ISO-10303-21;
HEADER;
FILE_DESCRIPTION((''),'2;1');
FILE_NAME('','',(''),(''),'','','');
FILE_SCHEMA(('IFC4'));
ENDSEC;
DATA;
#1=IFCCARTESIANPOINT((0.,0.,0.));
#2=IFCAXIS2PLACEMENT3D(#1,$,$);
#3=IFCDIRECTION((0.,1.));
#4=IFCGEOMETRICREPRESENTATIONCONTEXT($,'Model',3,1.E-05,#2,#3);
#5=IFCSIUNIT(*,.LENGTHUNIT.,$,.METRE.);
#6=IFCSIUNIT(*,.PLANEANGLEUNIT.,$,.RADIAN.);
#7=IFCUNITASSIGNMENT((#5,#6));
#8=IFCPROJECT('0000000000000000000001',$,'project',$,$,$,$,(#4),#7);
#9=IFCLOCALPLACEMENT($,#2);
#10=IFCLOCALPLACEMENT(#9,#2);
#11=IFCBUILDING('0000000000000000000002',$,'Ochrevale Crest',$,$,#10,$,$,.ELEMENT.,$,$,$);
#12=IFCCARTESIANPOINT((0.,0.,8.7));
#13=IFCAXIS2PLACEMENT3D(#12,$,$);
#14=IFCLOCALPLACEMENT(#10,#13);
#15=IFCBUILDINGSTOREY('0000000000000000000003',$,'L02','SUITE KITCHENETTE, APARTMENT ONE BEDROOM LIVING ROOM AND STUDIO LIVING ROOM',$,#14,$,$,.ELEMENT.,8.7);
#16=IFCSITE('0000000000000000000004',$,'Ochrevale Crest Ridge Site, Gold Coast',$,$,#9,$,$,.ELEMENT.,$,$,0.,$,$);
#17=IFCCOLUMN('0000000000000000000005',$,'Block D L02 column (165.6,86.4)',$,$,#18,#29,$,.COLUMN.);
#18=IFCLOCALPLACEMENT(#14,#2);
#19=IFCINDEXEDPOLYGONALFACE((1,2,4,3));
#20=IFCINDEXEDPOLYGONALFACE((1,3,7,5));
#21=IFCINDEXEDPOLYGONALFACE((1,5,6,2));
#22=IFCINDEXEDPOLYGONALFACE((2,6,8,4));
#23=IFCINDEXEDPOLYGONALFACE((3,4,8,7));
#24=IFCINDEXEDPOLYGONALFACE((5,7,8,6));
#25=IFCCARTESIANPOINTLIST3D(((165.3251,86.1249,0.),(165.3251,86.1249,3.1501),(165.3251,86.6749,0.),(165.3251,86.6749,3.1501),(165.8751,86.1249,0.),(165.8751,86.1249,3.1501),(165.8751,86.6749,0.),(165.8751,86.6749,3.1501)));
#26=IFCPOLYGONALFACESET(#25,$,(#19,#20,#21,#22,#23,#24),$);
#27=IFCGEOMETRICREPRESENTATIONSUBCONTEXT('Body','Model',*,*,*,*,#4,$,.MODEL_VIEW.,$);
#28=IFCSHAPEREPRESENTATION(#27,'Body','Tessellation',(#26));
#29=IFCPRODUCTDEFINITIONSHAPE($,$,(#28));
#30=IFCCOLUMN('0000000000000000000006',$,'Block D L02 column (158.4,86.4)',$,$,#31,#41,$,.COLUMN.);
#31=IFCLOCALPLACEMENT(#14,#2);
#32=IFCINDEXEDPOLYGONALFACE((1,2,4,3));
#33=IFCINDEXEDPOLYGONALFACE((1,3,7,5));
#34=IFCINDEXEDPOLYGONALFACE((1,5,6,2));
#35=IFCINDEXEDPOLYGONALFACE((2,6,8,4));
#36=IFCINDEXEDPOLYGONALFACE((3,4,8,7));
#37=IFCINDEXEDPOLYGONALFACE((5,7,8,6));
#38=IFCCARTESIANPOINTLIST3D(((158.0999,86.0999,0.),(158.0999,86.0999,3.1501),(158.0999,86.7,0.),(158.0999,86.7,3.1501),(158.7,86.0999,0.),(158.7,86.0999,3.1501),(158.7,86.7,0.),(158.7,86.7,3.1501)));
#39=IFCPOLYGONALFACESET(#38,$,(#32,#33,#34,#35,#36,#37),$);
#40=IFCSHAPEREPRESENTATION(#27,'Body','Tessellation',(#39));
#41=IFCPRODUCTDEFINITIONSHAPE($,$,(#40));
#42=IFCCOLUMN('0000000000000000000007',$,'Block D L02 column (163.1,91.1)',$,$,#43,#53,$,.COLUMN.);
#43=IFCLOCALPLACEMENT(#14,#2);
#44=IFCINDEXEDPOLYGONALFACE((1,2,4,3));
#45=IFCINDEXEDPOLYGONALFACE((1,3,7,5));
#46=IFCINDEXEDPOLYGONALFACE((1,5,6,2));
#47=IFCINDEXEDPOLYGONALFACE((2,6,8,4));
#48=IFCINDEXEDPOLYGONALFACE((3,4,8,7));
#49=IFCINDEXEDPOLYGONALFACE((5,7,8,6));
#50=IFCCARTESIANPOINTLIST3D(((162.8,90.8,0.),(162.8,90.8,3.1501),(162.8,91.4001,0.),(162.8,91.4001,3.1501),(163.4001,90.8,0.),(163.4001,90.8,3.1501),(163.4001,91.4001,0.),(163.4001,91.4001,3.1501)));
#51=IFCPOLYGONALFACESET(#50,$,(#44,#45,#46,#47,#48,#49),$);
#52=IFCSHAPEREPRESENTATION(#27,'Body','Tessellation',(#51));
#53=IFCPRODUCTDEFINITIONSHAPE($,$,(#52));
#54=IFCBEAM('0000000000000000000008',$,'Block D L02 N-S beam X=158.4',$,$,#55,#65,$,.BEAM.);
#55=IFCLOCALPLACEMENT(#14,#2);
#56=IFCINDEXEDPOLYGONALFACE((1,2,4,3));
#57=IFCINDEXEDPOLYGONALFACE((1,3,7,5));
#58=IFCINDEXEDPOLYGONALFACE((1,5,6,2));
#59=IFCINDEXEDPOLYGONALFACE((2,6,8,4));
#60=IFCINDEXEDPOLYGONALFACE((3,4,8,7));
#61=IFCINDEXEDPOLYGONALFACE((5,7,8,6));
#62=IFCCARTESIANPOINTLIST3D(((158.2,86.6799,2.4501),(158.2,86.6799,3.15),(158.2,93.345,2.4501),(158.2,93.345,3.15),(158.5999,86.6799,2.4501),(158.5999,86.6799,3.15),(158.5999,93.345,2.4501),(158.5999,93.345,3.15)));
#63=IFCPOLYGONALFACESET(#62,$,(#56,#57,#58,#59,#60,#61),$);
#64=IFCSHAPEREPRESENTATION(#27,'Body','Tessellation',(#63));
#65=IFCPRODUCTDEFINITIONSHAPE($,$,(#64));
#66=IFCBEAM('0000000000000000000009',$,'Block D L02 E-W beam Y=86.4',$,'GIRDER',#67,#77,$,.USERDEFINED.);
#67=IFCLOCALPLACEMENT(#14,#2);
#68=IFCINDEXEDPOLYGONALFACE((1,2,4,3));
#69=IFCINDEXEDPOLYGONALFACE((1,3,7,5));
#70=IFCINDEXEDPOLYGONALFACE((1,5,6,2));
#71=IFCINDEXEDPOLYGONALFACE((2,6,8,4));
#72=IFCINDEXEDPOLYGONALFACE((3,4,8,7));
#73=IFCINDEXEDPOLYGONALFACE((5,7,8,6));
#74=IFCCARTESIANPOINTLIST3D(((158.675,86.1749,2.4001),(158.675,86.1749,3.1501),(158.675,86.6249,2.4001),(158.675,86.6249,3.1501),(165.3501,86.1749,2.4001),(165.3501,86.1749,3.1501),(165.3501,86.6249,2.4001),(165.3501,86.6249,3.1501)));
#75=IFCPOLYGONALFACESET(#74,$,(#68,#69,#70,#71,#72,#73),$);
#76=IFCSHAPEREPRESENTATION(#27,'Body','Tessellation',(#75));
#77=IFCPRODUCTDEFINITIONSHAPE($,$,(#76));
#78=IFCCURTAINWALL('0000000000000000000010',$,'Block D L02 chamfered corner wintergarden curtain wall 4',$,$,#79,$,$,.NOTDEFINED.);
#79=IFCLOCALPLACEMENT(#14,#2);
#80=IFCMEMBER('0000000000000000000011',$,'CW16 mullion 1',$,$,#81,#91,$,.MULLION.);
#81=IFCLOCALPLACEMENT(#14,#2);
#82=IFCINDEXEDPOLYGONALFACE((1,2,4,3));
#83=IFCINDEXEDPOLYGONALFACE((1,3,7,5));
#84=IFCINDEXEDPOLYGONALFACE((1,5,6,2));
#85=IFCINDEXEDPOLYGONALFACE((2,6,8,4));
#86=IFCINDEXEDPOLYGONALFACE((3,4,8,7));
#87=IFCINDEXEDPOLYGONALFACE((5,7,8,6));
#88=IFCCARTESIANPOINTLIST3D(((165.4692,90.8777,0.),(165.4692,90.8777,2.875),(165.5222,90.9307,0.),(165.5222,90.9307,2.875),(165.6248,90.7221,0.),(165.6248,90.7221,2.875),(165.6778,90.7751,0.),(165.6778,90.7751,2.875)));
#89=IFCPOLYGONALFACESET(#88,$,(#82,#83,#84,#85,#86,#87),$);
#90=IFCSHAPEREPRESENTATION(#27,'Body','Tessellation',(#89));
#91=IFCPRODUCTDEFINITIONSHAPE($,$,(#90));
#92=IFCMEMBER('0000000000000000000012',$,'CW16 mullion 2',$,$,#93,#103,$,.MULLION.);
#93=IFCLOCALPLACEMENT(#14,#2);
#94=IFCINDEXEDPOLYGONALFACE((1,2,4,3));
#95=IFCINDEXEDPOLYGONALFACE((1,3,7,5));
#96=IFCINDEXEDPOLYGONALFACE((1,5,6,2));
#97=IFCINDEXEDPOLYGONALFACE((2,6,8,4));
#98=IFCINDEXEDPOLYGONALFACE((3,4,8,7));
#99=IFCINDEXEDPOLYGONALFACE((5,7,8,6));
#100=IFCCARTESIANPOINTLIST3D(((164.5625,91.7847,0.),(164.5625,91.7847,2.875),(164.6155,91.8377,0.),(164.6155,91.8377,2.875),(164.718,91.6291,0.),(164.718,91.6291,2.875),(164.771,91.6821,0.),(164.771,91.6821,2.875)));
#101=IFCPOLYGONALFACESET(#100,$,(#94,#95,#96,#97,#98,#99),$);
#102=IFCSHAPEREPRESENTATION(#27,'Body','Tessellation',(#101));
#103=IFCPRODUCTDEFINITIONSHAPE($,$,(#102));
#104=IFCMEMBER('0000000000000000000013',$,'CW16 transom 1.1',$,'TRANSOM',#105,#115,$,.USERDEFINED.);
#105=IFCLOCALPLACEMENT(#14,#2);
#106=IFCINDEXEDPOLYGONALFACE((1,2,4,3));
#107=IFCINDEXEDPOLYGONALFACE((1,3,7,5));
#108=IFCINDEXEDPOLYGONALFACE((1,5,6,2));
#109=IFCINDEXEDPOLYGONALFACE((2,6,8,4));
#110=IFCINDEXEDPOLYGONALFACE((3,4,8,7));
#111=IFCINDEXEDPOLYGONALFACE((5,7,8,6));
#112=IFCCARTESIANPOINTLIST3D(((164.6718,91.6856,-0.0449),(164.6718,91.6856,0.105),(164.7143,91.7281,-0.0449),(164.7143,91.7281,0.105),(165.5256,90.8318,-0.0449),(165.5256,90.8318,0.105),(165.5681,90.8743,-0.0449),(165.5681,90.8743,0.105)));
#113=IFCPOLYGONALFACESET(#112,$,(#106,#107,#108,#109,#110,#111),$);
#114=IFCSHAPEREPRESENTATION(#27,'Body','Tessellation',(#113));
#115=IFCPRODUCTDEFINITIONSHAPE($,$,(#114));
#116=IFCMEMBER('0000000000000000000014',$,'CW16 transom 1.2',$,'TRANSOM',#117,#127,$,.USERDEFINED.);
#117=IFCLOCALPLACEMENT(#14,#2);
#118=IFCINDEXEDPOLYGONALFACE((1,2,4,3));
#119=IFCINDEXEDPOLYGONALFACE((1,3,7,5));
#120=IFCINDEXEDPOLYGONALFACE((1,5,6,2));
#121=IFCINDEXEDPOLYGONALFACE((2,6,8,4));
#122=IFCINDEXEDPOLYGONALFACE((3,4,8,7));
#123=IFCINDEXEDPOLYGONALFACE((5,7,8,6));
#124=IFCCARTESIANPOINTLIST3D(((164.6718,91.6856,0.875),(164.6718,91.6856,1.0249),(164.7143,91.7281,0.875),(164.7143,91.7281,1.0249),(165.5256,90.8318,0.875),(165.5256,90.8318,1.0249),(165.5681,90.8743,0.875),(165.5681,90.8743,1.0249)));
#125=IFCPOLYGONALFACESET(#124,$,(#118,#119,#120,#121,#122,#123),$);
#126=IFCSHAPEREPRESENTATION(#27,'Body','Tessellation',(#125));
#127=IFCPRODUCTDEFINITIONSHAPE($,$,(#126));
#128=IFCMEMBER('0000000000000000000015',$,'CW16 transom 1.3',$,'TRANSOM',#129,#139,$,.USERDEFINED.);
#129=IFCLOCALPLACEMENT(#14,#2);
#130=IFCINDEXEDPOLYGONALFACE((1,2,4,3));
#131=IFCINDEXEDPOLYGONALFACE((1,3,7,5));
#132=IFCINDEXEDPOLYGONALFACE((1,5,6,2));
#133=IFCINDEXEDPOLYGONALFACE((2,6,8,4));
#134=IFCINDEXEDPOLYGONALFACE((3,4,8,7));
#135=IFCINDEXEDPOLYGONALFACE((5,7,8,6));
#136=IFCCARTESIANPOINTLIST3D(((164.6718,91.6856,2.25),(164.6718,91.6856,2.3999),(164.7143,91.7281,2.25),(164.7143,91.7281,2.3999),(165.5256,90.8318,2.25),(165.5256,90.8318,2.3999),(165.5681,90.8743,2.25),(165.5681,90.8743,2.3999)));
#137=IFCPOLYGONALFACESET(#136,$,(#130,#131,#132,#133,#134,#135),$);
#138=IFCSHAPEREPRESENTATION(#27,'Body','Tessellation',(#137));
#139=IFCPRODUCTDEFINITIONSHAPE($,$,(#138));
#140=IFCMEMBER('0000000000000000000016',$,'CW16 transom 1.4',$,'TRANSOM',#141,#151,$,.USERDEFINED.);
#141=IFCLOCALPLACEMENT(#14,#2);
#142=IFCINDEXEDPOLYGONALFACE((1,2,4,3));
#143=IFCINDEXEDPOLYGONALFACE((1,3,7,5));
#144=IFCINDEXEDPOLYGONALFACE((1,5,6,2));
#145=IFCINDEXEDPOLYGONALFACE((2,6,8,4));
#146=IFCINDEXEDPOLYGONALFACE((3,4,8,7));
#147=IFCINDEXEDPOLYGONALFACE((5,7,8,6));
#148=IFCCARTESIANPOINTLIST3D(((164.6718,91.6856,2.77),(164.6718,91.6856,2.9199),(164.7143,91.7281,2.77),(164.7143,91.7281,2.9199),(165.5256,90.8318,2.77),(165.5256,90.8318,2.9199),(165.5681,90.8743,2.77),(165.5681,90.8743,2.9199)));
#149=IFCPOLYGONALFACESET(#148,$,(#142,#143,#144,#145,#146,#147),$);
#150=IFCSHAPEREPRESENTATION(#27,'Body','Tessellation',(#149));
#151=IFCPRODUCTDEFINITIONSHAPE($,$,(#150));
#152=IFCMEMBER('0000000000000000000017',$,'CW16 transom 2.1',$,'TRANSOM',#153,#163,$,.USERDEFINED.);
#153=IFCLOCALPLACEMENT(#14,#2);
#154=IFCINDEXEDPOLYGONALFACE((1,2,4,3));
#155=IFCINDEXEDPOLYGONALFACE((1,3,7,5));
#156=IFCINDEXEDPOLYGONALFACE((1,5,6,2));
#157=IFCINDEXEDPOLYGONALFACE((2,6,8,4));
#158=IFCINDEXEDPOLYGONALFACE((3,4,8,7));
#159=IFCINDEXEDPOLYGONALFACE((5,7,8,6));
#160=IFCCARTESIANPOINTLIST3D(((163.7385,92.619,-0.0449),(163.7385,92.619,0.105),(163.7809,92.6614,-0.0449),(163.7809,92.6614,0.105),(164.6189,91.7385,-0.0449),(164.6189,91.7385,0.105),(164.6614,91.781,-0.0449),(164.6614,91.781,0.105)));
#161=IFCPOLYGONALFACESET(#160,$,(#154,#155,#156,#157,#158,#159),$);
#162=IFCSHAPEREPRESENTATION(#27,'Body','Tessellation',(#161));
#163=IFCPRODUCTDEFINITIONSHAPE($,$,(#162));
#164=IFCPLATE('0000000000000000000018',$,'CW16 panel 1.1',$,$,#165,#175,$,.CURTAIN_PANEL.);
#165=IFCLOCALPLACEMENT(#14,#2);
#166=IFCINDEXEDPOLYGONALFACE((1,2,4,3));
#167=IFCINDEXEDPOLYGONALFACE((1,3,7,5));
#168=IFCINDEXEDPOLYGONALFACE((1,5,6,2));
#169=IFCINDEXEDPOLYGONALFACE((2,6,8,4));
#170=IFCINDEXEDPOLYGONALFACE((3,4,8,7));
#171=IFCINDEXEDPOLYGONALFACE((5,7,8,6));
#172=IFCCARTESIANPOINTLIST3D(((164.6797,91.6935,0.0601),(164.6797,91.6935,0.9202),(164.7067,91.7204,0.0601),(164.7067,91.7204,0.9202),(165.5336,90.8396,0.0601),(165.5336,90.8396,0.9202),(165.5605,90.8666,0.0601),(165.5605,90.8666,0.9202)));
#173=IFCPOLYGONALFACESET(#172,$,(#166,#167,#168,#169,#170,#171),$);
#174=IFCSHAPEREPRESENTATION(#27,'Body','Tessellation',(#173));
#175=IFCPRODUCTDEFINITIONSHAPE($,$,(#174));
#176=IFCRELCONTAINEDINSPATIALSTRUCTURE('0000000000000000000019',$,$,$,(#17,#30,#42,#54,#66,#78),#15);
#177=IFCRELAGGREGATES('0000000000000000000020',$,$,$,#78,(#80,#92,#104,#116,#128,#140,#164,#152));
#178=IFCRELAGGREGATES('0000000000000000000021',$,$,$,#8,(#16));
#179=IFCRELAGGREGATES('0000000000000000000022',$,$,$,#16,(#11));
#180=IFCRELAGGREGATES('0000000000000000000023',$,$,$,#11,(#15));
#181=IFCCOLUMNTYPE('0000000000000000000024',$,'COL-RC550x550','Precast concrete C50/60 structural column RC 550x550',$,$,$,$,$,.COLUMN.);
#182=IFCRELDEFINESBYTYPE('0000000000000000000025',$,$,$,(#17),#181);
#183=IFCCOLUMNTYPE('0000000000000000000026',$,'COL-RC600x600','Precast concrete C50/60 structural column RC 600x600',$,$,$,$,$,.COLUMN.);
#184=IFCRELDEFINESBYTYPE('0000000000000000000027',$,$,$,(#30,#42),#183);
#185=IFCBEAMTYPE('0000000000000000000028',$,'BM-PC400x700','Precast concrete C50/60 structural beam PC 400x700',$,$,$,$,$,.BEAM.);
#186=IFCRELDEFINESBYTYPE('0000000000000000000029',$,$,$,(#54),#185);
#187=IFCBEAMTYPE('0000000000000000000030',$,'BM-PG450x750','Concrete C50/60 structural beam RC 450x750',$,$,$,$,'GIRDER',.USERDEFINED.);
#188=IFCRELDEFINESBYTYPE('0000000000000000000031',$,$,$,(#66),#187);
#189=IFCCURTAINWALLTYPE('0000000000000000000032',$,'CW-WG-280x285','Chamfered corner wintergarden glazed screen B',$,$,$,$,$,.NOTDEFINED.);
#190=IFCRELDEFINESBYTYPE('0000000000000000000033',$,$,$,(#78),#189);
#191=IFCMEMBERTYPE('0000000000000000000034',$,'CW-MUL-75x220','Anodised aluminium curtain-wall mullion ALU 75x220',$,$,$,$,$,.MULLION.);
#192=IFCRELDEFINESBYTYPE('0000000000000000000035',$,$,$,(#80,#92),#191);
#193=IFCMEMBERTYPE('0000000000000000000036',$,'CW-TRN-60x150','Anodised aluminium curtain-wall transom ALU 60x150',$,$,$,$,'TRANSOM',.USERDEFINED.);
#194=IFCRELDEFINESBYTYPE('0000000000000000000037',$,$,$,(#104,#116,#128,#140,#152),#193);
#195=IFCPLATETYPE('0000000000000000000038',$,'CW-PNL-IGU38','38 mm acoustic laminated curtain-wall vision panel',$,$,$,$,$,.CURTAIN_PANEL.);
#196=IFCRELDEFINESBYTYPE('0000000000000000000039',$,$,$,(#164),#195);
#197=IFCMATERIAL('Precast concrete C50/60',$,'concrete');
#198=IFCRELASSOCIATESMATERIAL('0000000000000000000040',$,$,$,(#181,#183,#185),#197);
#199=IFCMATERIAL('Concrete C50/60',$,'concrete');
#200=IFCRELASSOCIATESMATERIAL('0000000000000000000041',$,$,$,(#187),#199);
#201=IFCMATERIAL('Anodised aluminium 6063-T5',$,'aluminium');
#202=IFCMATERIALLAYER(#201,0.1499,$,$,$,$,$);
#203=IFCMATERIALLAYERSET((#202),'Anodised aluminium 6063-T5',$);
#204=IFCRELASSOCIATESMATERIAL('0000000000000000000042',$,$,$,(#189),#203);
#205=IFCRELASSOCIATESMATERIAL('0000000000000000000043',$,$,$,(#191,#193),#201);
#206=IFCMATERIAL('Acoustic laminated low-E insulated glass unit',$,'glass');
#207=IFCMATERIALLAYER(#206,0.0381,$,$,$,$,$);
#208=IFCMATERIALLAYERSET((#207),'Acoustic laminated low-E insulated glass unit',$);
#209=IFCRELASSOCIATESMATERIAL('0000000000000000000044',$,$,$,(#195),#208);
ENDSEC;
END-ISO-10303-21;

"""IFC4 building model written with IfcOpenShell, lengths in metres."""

from ifc_helpers import new_model, si_unit, direction, frame, origin, origin_2d, place, context, subcontext, project, spatial, rectangle, extrude, material, layer, layer_set, material_profile, profile_set, type_object, element, aggregate, save


model = new_model("IFC4")

# Units and contexts
model_context = context("Model", 3, precision=1e-05, world=origin(), true_north=direction((0.0, 1.0)))
body_context = subcontext(model_context, "Body", "Model", "MODEL_VIEW")
ifc_project = project(units=[si_unit("LENGTHUNIT", "METRE"), si_unit("PLANEANGLEUNIT", "RADIAN")], contexts=[model_context])

# Site, building, storey
site_placement = place(None, origin())
site = spatial("IfcSite", under=ifc_project, at=site_placement, Name="Ochrevale Crest Ridge Site, Gold Coast", CompositionType="ELEMENT", RefElevation=0.0)
building_placement = place(site_placement, origin())
building = spatial("IfcBuilding", under=site, at=building_placement, Name="Ochrevale Crest", CompositionType="ELEMENT")
storey_placement = place(building_placement, frame((0.0, 0.0, 8.7)))
storey = spatial("IfcBuildingStorey", under=building, at=storey_placement, Name="L02", Description="SUITE KITCHENETTE, APARTMENT ONE BEDROOM LIVING ROOM AND STUDIO LIVING ROOM", CompositionType="ELEMENT", Elevation=8.7)

# Columns
ifc_material_1 = material(Name="Precast concrete C50/60", Category="concrete")
ifc_material_profile_1 = material_profile(ifc_material_1, rectangle(XDim=0.55, YDim=0.55, at=origin_2d()), Name="RC 550x550")
ifc_profile_set_1 = profile_set([ifc_material_profile_1], Name="Precast concrete C50/60")
column_type_1 = type_object("IfcColumnType", Name="COL-RC550x550", Description="Precast concrete C50/60 structural column RC 550x550", PredefinedType="COLUMN", material=ifc_profile_set_1)
column_placement = place(storey_placement, frame((165.6001, 86.3999, 0.0), z_axis=(0.0, 0.0, 1.0), x_axis=(1.0, 0.0, 0.0)))
element("IfcColumn", 1, at=column_placement, inside=storey, type_object=column_type_1, Name="Block D L02 column (165.6,86.4)", PredefinedType="COLUMN", context=body_context, shape_type="SweptSolid", body=[
    extrude(rectangle(XDim=0.55, YDim=0.55, at=origin_2d()), origin(), (0.0, 0.0, 1.0), 3.1501),
])
ifc_material_profile_2 = material_profile(ifc_material_1, rectangle(XDim=0.6001, YDim=0.6001, at=origin_2d()), Name="RC 600x600")
ifc_profile_set_2 = profile_set([ifc_material_profile_2], Name="Precast concrete C50/60")
column_type_2 = type_object("IfcColumnType", Name="COL-RC600x600", Description="Precast concrete C50/60 structural column RC 600x600", PredefinedType="COLUMN", material=ifc_profile_set_2)
for number, where, z_axis, x_axis, name in (
    (2, (158.3999, 86.3999, 0.0), (0.0, 0.0, 1.0), (1.0, 0.0, 0.0), "Block D L02 column (158.4,86.4)"),
    (3, (163.1001, 91.1001, 0.0), (0.0, 0.0, 1.0), (1.0, 0.0, 0.0), "Block D L02 column (163.1,91.1)"),
):
    element("IfcColumn", number, at=place(storey_placement, frame(where, z_axis=z_axis, x_axis=x_axis)), inside=storey, type_object=column_type_2, Name=name, PredefinedType="COLUMN", context=body_context, shape_type="SweptSolid", body=[
        extrude(rectangle(XDim=0.6001, YDim=0.6001, at=origin_2d()), origin(), (0.0, 0.0, 1.0), 3.1501),
    ])

# Beams
ifc_material_profile_3 = material_profile(ifc_material_1, rectangle(XDim=0.3999, YDim=0.7, at=origin_2d()), Name="PC 400x700")
ifc_profile_set_3 = profile_set([ifc_material_profile_3], Name="Precast concrete C50/60")
beam_type_1 = type_object("IfcBeamType", Name="BM-PC400x700", Description="Precast concrete C50/60 structural beam PC 400x700", PredefinedType="BEAM", material=ifc_profile_set_3)
beam_1_placement = place(storey_placement, frame((158.3999, 86.6799, 2.8), z_axis=(0.0, 1.0, 0.0), x_axis=(-1.0, 0.0, 0.0)))
element("IfcBeam", 4, at=beam_1_placement, inside=storey, type_object=beam_type_1, Name="Block D L02 N-S beam X=158.4", PredefinedType="BEAM", context=body_context, shape_type="SweptSolid", body=[
    extrude(rectangle(XDim=0.3999, YDim=0.7, at=origin_2d()), origin(), (0.0, 0.0, 1.0), 6.665),
])
ifc_material_2 = material(Name="Concrete C50/60", Category="concrete")
ifc_material_profile_4 = material_profile(ifc_material_2, rectangle(XDim=0.45, YDim=0.75, at=origin_2d()), Name="RC 450x750")
ifc_profile_set_4 = profile_set([ifc_material_profile_4], Name="Concrete C50/60")
beam_type_2 = type_object("IfcBeamType", Name="BM-PG450x750", Description="Concrete C50/60 structural beam RC 450x750", ElementType="GIRDER", PredefinedType="USERDEFINED", material=ifc_profile_set_4)
beam_2_placement = place(storey_placement, frame((158.675, 86.3999, 2.7751), z_axis=(1.0, 0.0, 0.0), x_axis=(0.0, 1.0, 0.0)))
element("IfcBeam", 5, at=beam_2_placement, inside=storey, type_object=beam_type_2, Name="Block D L02 E-W beam Y=86.4", ObjectType="GIRDER", PredefinedType="USERDEFINED", context=body_context, shape_type="SweptSolid", body=[
    extrude(rectangle(XDim=0.45, YDim=0.75, at=origin_2d()), origin(), (0.0, 0.0, 1.0), 6.675),
])

# Curtain wall, members, plate
ifc_material_3 = material(Name="Anodised aluminium 6063-T5", Category="aluminium")
ifc_layer_1 = layer(ifc_material_3, 0.1499)
ifc_layer_set_1 = layer_set([ifc_layer_1], Name="Anodised aluminium 6063-T5")
curtain_wall_type = type_object("IfcCurtainWallType", Name="CW-WG-280x285", Description="Chamfered corner wintergarden glazed screen B", PredefinedType="NOTDEFINED", material=ifc_layer_set_1)
curtain_wall_placement = place(storey_placement, origin())
curtain_wall = element("IfcCurtainWall", 6, at=curtain_wall_placement, inside=storey, type_object=curtain_wall_type, Name="Block D L02 chamfered corner wintergarden curtain wall 4", PredefinedType="NOTDEFINED")
ifc_material_profile_5 = material_profile(ifc_material_3, rectangle(XDim=0.075, YDim=0.22, at=origin_2d()), Name="ALU 75x220")
ifc_profile_set_5 = profile_set([ifc_material_profile_5], Name="Anodised aluminium 6063-T5")
member_type_1 = type_object("IfcMemberType", Name="CW-MUL-75x220", Description="Anodised aluminium curtain-wall mullion ALU 75x220", PredefinedType="MULLION", material=ifc_profile_set_5)
member_1_placement = place(storey_placement, frame((165.5735, 90.8264, 0.0), z_axis=(0.0, 0.0, 1.0), x_axis=(-0.707107, -0.707107, 0.0)))
member_1 = element("IfcMember", 7, at=member_1_placement, type_object=member_type_1, Name="CW16 mullion 1", PredefinedType="MULLION", context=body_context, shape_type="SweptSolid", body=[
    extrude(rectangle(XDim=0.075, YDim=0.22, at=origin_2d()), origin(), (0.0, 0.0, 1.0), 2.875),
])
member_2_placement = place(storey_placement, frame((164.6667, 91.7334, 0.0), z_axis=(0.0, 0.0, 1.0), x_axis=(-0.707107, -0.707107, 0.0)))
member_2 = element("IfcMember", 8, at=member_2_placement, type_object=member_type_1, Name="CW16 mullion 2", PredefinedType="MULLION", context=body_context, shape_type="SweptSolid", body=[
    extrude(rectangle(XDim=0.075, YDim=0.22, at=origin_2d()), origin(), (0.0, 0.0, 1.0), 2.875),
])
ifc_material_profile_6 = material_profile(ifc_material_3, rectangle(XDim=0.0601, YDim=0.1499, at=origin_2d()), Name="ALU 60x150")
ifc_profile_set_6 = profile_set([ifc_material_profile_6], Name="Anodised aluminium 6063-T5")
member_type_2 = type_object("IfcMemberType", Name="CW-TRN-60x150", Description="Anodised aluminium curtain-wall transom ALU 60x150", ElementType="TRANSOM", PredefinedType="USERDEFINED", material=ifc_profile_set_6)
member_3_placement = place(storey_placement, frame((165.5469, 90.853, 0.03), z_axis=(-0.707107, 0.707107, 0.0), x_axis=(-0.707107, -0.707107, 0.0)))
member_3 = element("IfcMember", 9, at=member_3_placement, type_object=member_type_2, Name="CW16 transom 1.1", ObjectType="TRANSOM", PredefinedType="USERDEFINED", context=body_context, shape_type="SweptSolid", body=[
    extrude(rectangle(XDim=0.0601, YDim=0.1499, at=origin_2d()), origin(), (0.0, 0.0, 1.0), 1.2075),
])
member_4_placement = place(storey_placement, frame((165.5469, 90.853, 0.95), z_axis=(-0.707107, 0.707107, 0.0), x_axis=(-0.707107, -0.707107, 0.0)))
member_4 = element("IfcMember", 10, at=member_4_placement, type_object=member_type_2, Name="CW16 transom 1.2", ObjectType="TRANSOM", PredefinedType="USERDEFINED", context=body_context, shape_type="SweptSolid", body=[
    extrude(rectangle(XDim=0.0601, YDim=0.1499, at=origin_2d()), origin(), (0.0, 0.0, 1.0), 1.2075),
])
member_5_placement = place(storey_placement, frame((165.5469, 90.853, 2.325), z_axis=(-0.707107, 0.707107, 0.0), x_axis=(-0.707107, -0.707107, 0.0)))
member_5 = element("IfcMember", 11, at=member_5_placement, type_object=member_type_2, Name="CW16 transom 1.3", ObjectType="TRANSOM", PredefinedType="USERDEFINED", context=body_context, shape_type="SweptSolid", body=[
    extrude(rectangle(XDim=0.0601, YDim=0.1499, at=origin_2d()), origin(), (0.0, 0.0, 1.0), 1.2075),
])
member_6_placement = place(storey_placement, frame((165.5469, 90.853, 2.845), z_axis=(-0.707107, 0.707107, 0.0), x_axis=(-0.707107, -0.707107, 0.0)))
member_6 = element("IfcMember", 12, at=member_6_placement, type_object=member_type_2, Name="CW16 transom 1.4", ObjectType="TRANSOM", PredefinedType="USERDEFINED", context=body_context, shape_type="SweptSolid", body=[
    extrude(rectangle(XDim=0.0601, YDim=0.1499, at=origin_2d()), origin(), (0.0, 0.0, 1.0), 1.2075),
])
member_7_placement = place(storey_placement, frame((164.6401, 91.7598, 0.03), z_axis=(-0.707107, 0.707107, 0.0), x_axis=(-0.707107, -0.707107, 0.0)))
member_7 = element("IfcMember", 13, at=member_7_placement, type_object=member_type_2, Name="CW16 transom 2.1", ObjectType="TRANSOM", PredefinedType="USERDEFINED", context=body_context, shape_type="SweptSolid", body=[
    extrude(rectangle(XDim=0.0601, YDim=0.1499, at=origin_2d()), origin(), (0.0, 0.0, 1.0), 1.2451),
])
ifc_material_4 = material(Name="Acoustic laminated low-E insulated glass unit", Category="glass")
ifc_layer_2 = layer(ifc_material_4, 0.0381)
ifc_layer_set_2 = layer_set([ifc_layer_2], Name="Acoustic laminated low-E insulated glass unit")
plate_type = type_object("IfcPlateType", Name="CW-PNL-IGU38", Description="38 mm acoustic laminated curtain-wall vision panel", PredefinedType="CURTAIN_PANEL", material=ifc_layer_set_2)
plate_1_placement = place(storey_placement, frame((165.1201, 91.28, 0.0601), z_axis=(0.0, 0.0, 1.0), x_axis=(-0.707107, 0.707107, 0.0)))
plate_1 = element("IfcPlate", 14, at=plate_1_placement, type_object=plate_type, Name="CW16 panel 1.1", PredefinedType="CURTAIN_PANEL", context=body_context, shape_type="SweptSolid", body=[
    extrude(rectangle(XDim=1.2075, YDim=0.0381, at=origin_2d()), origin(), (0.0, 0.0, 1.0), 0.8601),
])
aggregate(curtain_wall, [member_1, member_2, member_3, member_4, member_5, member_6, plate_1, member_7])

save(model, "model.ifc")
